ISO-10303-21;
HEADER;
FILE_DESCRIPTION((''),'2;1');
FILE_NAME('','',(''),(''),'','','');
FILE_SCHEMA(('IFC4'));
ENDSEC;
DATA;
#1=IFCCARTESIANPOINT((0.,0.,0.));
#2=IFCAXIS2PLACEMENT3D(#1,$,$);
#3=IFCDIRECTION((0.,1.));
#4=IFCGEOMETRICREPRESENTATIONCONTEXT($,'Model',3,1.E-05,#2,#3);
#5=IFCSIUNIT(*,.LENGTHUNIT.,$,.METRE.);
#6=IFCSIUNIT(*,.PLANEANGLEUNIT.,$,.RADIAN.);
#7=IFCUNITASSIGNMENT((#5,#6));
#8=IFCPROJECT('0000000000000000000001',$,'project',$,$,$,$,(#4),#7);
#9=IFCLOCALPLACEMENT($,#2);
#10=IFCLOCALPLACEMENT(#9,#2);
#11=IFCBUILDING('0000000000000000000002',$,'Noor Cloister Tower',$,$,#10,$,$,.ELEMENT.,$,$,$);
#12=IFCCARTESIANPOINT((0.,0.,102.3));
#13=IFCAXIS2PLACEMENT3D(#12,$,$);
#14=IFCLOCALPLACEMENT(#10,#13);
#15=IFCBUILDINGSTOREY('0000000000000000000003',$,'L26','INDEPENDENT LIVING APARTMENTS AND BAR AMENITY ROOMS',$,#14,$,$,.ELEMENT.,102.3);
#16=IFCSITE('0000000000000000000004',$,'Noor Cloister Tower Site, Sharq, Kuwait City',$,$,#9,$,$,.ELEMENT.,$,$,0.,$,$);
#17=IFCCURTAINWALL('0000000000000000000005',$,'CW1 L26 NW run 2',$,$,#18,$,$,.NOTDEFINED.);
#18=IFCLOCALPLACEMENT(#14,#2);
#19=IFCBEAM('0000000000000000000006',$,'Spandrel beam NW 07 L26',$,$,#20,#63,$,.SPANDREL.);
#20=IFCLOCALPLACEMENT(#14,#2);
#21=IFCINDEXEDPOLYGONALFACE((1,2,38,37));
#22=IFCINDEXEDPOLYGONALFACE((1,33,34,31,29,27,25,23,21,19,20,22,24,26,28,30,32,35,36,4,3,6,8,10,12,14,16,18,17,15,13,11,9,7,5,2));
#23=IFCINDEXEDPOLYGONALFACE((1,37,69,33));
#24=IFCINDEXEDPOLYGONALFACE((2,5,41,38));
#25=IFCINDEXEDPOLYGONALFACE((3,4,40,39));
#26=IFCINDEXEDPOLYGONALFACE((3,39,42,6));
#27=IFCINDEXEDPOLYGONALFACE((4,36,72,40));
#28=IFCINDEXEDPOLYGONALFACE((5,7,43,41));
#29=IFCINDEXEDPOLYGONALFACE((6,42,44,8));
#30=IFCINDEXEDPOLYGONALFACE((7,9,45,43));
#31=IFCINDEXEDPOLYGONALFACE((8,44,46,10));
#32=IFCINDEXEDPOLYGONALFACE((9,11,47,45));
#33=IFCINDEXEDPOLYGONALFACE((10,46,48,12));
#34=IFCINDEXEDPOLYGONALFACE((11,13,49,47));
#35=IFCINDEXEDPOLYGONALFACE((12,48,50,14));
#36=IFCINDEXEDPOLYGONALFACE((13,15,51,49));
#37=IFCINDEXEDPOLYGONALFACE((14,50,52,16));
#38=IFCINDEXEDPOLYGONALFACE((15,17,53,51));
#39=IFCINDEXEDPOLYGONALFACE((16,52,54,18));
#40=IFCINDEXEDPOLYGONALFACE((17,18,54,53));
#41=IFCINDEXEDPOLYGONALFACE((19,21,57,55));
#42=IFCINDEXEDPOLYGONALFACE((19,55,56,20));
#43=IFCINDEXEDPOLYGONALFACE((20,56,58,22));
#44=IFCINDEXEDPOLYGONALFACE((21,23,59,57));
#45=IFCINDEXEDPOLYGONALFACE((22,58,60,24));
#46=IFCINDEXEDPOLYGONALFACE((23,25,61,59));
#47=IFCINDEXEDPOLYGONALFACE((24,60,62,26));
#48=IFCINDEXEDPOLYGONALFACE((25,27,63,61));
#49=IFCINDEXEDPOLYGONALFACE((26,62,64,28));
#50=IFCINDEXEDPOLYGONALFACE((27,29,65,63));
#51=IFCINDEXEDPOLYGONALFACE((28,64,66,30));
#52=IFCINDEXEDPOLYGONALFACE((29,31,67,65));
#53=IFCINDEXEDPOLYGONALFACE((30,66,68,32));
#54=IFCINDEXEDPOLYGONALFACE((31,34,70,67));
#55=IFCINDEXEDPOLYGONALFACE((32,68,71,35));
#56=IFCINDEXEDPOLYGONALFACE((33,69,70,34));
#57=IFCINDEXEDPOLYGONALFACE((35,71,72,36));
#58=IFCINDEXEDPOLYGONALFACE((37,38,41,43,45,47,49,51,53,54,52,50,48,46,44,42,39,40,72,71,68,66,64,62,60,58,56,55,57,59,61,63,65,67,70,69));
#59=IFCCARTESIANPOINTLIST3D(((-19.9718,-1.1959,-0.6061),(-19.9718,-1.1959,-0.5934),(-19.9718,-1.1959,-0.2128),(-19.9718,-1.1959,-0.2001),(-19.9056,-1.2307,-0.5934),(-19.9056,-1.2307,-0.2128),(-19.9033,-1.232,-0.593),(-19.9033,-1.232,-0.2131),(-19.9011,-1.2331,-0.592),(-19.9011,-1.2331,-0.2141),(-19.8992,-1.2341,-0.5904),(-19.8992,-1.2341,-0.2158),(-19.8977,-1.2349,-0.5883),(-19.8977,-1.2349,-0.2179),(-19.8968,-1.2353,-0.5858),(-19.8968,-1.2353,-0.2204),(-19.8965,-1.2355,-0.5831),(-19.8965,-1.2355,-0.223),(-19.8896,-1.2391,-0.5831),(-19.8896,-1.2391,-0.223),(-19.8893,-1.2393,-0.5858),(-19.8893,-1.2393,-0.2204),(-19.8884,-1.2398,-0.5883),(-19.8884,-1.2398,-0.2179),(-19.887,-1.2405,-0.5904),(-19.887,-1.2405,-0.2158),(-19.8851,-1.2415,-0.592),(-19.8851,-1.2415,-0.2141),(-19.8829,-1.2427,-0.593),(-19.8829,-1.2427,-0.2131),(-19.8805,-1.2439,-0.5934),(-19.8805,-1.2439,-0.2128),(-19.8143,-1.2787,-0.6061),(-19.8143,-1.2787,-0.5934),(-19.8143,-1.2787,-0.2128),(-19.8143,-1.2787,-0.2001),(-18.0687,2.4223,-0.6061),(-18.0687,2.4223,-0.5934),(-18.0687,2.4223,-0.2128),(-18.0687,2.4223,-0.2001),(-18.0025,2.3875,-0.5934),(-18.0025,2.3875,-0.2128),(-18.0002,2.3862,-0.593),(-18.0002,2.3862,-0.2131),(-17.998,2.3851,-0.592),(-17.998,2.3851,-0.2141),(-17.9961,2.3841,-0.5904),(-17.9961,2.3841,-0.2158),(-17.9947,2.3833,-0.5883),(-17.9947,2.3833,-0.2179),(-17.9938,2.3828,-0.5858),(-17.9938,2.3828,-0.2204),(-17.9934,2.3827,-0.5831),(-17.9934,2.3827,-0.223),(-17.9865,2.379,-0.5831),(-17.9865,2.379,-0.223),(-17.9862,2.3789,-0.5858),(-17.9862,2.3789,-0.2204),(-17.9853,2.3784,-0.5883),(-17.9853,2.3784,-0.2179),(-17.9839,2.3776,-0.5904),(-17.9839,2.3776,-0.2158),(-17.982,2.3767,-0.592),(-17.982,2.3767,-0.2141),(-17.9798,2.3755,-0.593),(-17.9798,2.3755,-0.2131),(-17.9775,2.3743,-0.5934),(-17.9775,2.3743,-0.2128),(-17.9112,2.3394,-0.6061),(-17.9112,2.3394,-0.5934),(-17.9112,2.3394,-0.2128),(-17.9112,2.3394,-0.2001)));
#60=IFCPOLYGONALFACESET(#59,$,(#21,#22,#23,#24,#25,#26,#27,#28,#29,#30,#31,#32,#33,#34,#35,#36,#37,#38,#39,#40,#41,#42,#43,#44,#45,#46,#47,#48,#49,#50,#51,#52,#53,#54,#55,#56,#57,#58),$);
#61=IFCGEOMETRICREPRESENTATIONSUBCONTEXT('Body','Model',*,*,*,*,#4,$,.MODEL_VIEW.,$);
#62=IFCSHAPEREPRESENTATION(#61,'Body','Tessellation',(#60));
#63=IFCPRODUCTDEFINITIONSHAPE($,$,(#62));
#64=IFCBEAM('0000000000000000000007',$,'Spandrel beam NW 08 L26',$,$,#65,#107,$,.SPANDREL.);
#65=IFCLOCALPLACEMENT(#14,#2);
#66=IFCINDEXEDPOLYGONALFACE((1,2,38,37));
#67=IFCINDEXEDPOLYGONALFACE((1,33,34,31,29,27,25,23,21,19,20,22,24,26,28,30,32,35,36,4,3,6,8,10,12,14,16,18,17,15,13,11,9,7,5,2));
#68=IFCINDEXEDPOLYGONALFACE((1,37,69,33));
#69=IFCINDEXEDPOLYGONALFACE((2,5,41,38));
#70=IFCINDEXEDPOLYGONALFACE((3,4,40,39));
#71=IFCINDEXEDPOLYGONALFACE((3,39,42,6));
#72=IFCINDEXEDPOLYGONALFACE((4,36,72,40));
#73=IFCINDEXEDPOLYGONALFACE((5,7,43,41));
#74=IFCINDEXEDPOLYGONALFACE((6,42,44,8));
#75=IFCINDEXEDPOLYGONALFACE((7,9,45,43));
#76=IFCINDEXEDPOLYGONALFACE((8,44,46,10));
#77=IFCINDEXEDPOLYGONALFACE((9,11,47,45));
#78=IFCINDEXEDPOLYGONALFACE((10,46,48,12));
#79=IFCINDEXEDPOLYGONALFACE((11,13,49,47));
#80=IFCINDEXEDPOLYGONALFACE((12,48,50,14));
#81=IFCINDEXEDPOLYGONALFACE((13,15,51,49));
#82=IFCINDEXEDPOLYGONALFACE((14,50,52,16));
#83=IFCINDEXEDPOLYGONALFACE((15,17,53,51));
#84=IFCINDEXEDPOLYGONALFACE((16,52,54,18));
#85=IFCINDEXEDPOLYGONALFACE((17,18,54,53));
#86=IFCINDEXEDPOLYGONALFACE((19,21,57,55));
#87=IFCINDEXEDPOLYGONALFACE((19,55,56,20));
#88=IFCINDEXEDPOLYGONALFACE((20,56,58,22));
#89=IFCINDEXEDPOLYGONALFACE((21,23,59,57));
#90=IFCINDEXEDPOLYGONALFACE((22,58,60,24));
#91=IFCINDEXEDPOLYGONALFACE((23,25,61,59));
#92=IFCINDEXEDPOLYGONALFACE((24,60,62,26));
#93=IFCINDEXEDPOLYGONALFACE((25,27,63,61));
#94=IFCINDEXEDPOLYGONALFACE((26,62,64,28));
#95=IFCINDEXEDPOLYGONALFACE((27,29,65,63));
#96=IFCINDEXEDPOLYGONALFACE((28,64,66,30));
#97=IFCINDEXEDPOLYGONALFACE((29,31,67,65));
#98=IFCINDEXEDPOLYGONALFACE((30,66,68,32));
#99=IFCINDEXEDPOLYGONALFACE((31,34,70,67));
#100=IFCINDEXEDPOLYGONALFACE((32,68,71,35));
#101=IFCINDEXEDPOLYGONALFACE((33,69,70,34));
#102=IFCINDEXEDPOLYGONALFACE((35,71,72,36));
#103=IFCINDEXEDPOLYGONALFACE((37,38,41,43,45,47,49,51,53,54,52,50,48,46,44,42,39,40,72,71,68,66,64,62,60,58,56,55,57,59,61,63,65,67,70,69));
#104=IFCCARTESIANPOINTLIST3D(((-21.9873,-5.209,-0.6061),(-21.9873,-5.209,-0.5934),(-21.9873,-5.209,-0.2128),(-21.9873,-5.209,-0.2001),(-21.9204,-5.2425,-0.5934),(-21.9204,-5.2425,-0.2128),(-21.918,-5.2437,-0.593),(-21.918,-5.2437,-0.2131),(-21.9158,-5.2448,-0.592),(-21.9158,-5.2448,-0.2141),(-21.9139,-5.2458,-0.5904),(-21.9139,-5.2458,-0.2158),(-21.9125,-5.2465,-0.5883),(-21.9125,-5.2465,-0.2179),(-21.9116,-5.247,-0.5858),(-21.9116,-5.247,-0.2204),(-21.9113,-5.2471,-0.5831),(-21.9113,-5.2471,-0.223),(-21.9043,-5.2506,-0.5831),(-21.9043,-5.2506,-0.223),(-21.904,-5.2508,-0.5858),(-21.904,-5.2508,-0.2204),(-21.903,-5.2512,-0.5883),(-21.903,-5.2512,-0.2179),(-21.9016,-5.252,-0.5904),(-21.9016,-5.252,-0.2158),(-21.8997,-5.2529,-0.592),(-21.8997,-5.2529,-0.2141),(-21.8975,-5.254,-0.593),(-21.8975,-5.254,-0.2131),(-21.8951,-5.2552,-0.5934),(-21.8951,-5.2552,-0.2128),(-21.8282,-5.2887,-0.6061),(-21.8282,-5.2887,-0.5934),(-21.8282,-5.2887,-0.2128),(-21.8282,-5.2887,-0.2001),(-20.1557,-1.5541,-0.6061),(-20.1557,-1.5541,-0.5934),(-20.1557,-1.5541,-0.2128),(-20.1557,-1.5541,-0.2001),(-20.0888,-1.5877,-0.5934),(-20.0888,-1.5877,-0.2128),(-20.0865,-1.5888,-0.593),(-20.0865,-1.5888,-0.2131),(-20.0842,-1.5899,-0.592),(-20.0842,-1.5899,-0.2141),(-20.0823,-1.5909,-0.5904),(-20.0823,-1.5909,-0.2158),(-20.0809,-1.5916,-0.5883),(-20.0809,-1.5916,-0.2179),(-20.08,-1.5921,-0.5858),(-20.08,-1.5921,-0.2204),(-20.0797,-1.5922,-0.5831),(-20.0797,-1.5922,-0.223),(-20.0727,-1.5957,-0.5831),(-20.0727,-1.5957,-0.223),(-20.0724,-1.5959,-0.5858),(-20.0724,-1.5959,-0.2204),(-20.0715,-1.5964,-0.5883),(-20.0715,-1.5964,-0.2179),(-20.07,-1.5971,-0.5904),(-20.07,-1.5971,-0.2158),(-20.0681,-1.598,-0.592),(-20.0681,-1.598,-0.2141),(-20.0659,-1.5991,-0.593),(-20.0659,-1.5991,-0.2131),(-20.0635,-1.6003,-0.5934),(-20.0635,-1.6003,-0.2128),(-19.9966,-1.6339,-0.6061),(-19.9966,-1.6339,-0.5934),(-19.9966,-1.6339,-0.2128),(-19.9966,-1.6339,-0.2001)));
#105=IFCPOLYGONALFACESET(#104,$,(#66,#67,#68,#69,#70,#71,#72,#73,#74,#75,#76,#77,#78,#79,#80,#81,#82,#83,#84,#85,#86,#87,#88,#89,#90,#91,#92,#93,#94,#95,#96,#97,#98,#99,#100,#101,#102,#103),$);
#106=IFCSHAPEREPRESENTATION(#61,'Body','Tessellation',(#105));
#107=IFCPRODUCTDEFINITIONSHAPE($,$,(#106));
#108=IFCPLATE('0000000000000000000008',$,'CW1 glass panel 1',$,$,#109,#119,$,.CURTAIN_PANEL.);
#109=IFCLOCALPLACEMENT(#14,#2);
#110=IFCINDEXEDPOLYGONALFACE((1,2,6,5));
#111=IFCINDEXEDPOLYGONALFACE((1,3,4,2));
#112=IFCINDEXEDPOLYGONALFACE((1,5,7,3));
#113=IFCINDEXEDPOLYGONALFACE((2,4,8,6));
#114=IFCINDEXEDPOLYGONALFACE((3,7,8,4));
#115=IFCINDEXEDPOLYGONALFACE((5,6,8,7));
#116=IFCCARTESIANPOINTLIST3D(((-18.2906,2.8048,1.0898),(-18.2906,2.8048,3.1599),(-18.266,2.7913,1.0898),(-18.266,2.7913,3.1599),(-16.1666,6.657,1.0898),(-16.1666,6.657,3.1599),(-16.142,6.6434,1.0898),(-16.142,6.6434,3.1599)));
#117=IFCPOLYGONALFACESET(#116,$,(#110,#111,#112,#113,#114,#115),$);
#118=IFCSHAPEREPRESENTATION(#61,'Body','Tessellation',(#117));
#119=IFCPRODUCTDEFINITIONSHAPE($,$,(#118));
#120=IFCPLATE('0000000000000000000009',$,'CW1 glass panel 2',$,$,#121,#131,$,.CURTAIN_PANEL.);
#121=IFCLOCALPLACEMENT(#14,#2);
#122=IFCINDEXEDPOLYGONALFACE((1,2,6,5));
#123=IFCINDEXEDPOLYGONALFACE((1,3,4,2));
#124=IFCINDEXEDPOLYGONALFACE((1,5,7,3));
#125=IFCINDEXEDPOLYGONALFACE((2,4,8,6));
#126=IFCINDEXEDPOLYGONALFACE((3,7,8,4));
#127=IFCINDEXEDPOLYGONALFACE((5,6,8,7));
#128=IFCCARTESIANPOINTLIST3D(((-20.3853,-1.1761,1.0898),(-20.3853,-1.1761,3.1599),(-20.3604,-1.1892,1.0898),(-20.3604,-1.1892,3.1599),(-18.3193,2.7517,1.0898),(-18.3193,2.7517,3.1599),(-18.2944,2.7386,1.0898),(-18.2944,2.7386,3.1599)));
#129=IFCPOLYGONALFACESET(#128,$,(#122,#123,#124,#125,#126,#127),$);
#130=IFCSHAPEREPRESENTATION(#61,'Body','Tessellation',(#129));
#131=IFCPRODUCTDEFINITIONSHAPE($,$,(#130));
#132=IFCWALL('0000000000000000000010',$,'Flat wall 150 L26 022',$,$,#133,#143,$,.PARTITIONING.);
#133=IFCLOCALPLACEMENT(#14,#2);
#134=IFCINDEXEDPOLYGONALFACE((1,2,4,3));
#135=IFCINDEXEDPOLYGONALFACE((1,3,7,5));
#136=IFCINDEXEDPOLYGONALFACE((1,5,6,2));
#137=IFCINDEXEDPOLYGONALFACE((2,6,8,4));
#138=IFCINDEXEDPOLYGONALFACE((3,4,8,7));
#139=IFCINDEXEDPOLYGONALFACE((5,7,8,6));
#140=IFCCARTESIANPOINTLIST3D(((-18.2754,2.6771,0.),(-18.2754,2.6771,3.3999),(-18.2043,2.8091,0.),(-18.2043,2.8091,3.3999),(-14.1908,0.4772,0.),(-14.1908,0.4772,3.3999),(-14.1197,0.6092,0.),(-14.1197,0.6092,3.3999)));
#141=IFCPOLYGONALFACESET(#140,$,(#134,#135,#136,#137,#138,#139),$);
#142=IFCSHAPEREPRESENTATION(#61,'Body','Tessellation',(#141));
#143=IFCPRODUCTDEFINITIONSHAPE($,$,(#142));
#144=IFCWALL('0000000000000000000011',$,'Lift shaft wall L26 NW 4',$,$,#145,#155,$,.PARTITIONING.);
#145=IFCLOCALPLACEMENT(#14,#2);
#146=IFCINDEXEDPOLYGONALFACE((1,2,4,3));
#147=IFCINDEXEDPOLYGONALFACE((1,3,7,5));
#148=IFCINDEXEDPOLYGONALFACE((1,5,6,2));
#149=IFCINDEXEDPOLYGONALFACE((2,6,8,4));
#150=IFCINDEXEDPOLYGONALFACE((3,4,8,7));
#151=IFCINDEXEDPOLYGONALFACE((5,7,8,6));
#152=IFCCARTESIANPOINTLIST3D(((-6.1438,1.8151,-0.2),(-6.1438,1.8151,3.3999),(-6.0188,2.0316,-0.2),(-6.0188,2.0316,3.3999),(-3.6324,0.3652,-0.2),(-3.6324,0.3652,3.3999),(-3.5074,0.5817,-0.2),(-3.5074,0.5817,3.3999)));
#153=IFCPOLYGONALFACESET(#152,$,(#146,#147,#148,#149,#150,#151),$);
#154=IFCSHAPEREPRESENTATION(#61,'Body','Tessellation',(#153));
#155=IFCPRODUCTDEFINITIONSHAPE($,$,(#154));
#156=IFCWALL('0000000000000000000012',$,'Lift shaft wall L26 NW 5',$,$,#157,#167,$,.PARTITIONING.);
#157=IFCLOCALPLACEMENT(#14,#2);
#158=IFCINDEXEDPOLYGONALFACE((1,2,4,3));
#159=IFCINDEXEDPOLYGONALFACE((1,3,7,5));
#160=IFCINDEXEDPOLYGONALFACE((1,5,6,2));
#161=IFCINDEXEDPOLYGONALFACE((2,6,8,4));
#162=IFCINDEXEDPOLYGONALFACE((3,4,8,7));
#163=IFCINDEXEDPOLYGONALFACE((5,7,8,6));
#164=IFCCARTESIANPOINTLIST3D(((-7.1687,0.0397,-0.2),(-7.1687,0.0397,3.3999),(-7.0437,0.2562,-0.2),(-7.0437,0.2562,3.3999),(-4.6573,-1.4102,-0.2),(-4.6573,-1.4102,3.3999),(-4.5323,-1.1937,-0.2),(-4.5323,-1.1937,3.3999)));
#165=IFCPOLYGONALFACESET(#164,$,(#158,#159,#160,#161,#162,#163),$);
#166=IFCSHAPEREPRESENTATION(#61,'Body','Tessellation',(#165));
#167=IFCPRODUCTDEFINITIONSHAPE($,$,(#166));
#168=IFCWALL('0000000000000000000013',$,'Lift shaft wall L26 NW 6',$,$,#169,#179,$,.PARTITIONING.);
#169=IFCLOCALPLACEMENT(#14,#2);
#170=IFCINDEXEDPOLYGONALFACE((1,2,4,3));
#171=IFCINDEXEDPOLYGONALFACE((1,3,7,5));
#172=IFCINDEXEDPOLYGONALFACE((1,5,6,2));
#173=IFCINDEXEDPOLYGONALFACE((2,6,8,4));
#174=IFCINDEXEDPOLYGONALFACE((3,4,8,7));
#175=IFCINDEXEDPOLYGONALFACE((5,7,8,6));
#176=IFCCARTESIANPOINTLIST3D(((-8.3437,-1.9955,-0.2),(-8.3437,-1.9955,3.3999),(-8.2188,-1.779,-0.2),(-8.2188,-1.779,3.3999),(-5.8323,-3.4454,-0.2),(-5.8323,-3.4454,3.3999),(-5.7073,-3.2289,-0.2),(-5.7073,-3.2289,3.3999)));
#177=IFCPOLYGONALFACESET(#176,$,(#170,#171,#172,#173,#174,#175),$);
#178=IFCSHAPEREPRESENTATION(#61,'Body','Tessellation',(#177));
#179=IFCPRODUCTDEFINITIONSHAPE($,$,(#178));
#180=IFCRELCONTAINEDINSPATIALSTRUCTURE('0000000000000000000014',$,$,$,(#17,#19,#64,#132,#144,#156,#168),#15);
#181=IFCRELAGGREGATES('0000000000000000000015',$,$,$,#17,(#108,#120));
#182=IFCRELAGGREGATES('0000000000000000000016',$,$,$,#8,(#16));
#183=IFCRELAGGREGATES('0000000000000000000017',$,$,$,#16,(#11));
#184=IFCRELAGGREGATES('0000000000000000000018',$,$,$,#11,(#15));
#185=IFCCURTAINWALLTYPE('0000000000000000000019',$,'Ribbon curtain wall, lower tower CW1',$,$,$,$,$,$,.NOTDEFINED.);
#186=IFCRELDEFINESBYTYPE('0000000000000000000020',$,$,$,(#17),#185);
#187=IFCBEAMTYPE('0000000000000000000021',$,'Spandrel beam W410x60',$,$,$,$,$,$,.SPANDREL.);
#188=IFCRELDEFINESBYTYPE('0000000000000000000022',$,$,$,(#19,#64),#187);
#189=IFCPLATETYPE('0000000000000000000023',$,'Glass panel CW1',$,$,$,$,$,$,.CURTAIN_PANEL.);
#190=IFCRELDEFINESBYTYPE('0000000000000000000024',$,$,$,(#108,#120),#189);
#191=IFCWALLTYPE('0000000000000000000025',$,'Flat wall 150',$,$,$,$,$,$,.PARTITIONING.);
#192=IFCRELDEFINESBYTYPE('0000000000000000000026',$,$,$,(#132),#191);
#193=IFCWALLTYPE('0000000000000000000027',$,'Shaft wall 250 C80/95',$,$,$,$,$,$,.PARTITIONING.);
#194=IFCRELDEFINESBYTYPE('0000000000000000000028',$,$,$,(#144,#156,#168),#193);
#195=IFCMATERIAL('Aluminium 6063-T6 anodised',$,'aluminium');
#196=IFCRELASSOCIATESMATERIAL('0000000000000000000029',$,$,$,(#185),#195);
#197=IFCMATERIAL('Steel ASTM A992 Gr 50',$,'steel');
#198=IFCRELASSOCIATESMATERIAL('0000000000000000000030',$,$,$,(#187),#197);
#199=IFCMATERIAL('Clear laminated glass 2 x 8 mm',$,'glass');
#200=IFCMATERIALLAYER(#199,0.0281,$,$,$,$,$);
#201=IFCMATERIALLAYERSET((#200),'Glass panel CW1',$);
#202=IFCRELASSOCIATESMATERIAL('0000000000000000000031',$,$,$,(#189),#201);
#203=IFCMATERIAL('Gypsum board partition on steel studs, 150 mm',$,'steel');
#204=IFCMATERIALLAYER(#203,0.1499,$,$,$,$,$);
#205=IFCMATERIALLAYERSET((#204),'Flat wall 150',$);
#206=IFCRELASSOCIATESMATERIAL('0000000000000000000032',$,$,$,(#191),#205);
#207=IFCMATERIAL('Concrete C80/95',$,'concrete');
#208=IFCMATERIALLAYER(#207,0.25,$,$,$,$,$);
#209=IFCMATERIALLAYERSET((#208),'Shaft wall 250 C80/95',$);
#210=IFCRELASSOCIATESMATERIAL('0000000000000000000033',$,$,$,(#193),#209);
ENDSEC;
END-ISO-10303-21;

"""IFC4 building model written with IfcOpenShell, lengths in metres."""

from ifc_helpers import new_model, si_unit, direction, frame, frame_2d, origin, origin_2d, place, context, subcontext, project, spatial, rectangle, i_section, extrude, material, layer, layer_set, material_profile, profile_set, type_object, element, aggregate, save


model = new_model("IFC4")

# Units and contexts
model_context = context("Model", 3, precision=1e-05, world=origin(), true_north=direction((0.0, 1.0)))
body_context = subcontext(model_context, "Body", "Model", "MODEL_VIEW")
ifc_project = project(units=[si_unit("LENGTHUNIT", "METRE"), si_unit("PLANEANGLEUNIT", "RADIAN")], contexts=[model_context])

# Site, building, storey
site_placement = place(None, origin())
site = spatial("IfcSite", under=ifc_project, at=site_placement, Name="Noor Cloister Tower Site, Sharq, Kuwait City", CompositionType="ELEMENT", RefElevation=0.0)
building_placement = place(site_placement, origin())
building = spatial("IfcBuilding", under=site, at=building_placement, Name="Noor Cloister Tower", CompositionType="ELEMENT")
storey_placement = place(building_placement, frame((0.0, 0.0, 102.3)))
storey = spatial("IfcBuildingStorey", under=building, at=storey_placement, Name="L26", Description="INDEPENDENT LIVING APARTMENTS AND BAR AMENITY ROOMS", CompositionType="ELEMENT", Elevation=102.3)

# Curtain wall
ifc_material_1 = material(Name="Aluminium 6063-T6 anodised", Category="aluminium")
curtain_wall_type = type_object("IfcCurtainWallType", Name="Ribbon curtain wall, lower tower CW1", PredefinedType="NOTDEFINED", material=ifc_material_1)
curtain_wall_placement = place(storey_placement, origin())
curtain_wall = element("IfcCurtainWall", 1, at=curtain_wall_placement, inside=storey, type_object=curtain_wall_type, Name="CW1 L26 NW run 2", PredefinedType="NOTDEFINED")

# Beams
ifc_material_2 = material(Name="Steel ASTM A992 Gr 50", Category="steel")
ifc_material_profile_1 = material_profile(ifc_material_2, i_section(OverallWidth=0.178, OverallDepth=0.406, WebThickness=0.0078, FlangeThickness=0.0127, FilletRadius=0.0103, at=origin_2d()), Name="W410x60")
ifc_profile_set_1 = profile_set([ifc_material_profile_1], Name="Steel ASTM A992 Gr 50")
beam_type_1 = type_object("IfcBeamType", Name="Spandrel beam W410x60", PredefinedType="SPANDREL", material=ifc_profile_set_1)
for number, where, z_axis, x_axis, name in (
    (2, (-17.99, 2.3809, -0.4031), (-0.465513, -0.885041, 0.0), (0.885041, -0.465513, 0.0), "Spandrel beam NW 07 L26"),
    (3, (-20.0762, -1.594, -0.4031), (-0.448026, -0.894021, 0.0), (0.894021, -0.448026, 0.0), "Spandrel beam NW 08 L26"),
):
    element("IfcBeam", number, at=place(storey_placement, frame(where, z_axis=z_axis, x_axis=x_axis)), inside=storey, type_object=beam_type_1, Name=name, PredefinedType="SPANDREL", context=body_context, shape_type="SweptSolid", body=[
        extrude(i_section(OverallWidth=0.178, OverallDepth=0.406, WebThickness=0.0078, FlangeThickness=0.0127, FilletRadius=0.0103, at=origin_2d()), origin(), (0.0, 0.0, 1.0), 4.0881),
    ])

# Plates
ifc_material_3 = material(Name="Clear laminated glass 2 x 8 mm", Category="glass")
ifc_layer_1 = layer(ifc_material_3, 0.0281)
ifc_layer_set_1 = layer_set([ifc_layer_1], Name="Glass panel CW1")
plate_type = type_object("IfcPlateType", Name="Glass panel CW1", PredefinedType="CURTAIN_PANEL", material=ifc_layer_set_1)
plate_1_placement = place(storey_placement, frame((-17.2163, 4.7241, 1.0898), z_axis=(0.0, 0.0, 1.0), x_axis=(-0.482858, -0.875699, 0.0)))
plate_1 = element("IfcPlate", 4, at=plate_1_placement, type_object=plate_type, Name="CW1 glass panel 1", PredefinedType="CURTAIN_PANEL", context=body_context, shape_type="SweptSolid", body=[
    extrude(rectangle(XDim=4.3989, YDim=0.0281, at=origin_2d()), origin(), (0.0, 0.0, 1.0), 2.0701),
])
plate_2_placement = place(storey_placement, frame((-19.3398, 0.7812, 1.0898), z_axis=(0.0, 0.0, 1.0), x_axis=(-0.465529, -0.885033, 0.0)))
plate_2 = element("IfcPlate", 5, at=plate_2_placement, type_object=plate_type, Name="CW1 glass panel 2", PredefinedType="CURTAIN_PANEL", context=body_context, shape_type="SweptSolid", body=[
    extrude(rectangle(XDim=4.438, YDim=0.0281, at=origin_2d()), origin(), (0.0, 0.0, 1.0), 2.0701),
])
aggregate(curtain_wall, [plate_1, plate_2])

# Walls
ifc_material_4 = material(Name="Gypsum board partition on steel studs, 150 mm", Category="steel")
ifc_layer_2 = layer(ifc_material_4, 0.1499)
ifc_layer_set_2 = layer_set([ifc_layer_2], Name="Flat wall 150")
wall_type_1 = type_object("IfcWallType", Name="Flat wall 150", PredefinedType="PARTITIONING", material=ifc_layer_set_2)
wall_1_placement = place(storey_placement, frame((-18.24, 2.7432, 0.0), z_axis=(0.0, 0.0, 1.0), x_axis=(0.880427, -0.474181, 0.0)))
element("IfcWall", 6, at=wall_1_placement, inside=storey, type_object=wall_type_1, Name="Flat wall 150 L26 022", PredefinedType="PARTITIONING", context=body_context, shape_type="SweptSolid", body=[
    extrude(rectangle(XDim=4.6394, YDim=0.1499, at=frame_2d((2.3198, 0.0))), origin(), (0.0, 0.0, 1.0), 3.3999),
])
ifc_material_5 = material(Name="Concrete C80/95", Category="concrete")
ifc_layer_3 = layer(ifc_material_5, 0.25)
ifc_layer_set_3 = layer_set([ifc_layer_3], Name="Shaft wall 250 C80/95")
wall_type_2 = type_object("IfcWallType", Name="Shaft wall 250 C80/95", PredefinedType="PARTITIONING", material=ifc_layer_set_3)
for number, where, z_axis, x_axis, name in (
    (7, (-6.0813, 1.9233, -0.2), (0.0, 0.0, 1.0), (0.866033, -0.499987, 0.0), "Lift shaft wall L26 NW 4"),
    (8, (-7.1062, 0.1479, -0.2), (0.0, 0.0, 1.0), (0.866033, -0.499987, 0.0), "Lift shaft wall L26 NW 5"),
    (9, (-8.2812, -1.8872, -0.2), (0.0, 0.0, 1.0), (0.866033, -0.499987, 0.0), "Lift shaft wall L26 NW 6"),
):
    element("IfcWall", number, at=place(storey_placement, frame(where, z_axis=z_axis, x_axis=x_axis)), inside=storey, type_object=wall_type_2, Name=name, PredefinedType="PARTITIONING", context=body_context, shape_type="SweptSolid", body=[
        extrude(rectangle(XDim=2.8999, YDim=0.25, at=frame_2d((1.45, 0.0))), origin(), (0.0, 0.0, 1.0), 3.5999),
    ])

save(model, "model.ifc")
